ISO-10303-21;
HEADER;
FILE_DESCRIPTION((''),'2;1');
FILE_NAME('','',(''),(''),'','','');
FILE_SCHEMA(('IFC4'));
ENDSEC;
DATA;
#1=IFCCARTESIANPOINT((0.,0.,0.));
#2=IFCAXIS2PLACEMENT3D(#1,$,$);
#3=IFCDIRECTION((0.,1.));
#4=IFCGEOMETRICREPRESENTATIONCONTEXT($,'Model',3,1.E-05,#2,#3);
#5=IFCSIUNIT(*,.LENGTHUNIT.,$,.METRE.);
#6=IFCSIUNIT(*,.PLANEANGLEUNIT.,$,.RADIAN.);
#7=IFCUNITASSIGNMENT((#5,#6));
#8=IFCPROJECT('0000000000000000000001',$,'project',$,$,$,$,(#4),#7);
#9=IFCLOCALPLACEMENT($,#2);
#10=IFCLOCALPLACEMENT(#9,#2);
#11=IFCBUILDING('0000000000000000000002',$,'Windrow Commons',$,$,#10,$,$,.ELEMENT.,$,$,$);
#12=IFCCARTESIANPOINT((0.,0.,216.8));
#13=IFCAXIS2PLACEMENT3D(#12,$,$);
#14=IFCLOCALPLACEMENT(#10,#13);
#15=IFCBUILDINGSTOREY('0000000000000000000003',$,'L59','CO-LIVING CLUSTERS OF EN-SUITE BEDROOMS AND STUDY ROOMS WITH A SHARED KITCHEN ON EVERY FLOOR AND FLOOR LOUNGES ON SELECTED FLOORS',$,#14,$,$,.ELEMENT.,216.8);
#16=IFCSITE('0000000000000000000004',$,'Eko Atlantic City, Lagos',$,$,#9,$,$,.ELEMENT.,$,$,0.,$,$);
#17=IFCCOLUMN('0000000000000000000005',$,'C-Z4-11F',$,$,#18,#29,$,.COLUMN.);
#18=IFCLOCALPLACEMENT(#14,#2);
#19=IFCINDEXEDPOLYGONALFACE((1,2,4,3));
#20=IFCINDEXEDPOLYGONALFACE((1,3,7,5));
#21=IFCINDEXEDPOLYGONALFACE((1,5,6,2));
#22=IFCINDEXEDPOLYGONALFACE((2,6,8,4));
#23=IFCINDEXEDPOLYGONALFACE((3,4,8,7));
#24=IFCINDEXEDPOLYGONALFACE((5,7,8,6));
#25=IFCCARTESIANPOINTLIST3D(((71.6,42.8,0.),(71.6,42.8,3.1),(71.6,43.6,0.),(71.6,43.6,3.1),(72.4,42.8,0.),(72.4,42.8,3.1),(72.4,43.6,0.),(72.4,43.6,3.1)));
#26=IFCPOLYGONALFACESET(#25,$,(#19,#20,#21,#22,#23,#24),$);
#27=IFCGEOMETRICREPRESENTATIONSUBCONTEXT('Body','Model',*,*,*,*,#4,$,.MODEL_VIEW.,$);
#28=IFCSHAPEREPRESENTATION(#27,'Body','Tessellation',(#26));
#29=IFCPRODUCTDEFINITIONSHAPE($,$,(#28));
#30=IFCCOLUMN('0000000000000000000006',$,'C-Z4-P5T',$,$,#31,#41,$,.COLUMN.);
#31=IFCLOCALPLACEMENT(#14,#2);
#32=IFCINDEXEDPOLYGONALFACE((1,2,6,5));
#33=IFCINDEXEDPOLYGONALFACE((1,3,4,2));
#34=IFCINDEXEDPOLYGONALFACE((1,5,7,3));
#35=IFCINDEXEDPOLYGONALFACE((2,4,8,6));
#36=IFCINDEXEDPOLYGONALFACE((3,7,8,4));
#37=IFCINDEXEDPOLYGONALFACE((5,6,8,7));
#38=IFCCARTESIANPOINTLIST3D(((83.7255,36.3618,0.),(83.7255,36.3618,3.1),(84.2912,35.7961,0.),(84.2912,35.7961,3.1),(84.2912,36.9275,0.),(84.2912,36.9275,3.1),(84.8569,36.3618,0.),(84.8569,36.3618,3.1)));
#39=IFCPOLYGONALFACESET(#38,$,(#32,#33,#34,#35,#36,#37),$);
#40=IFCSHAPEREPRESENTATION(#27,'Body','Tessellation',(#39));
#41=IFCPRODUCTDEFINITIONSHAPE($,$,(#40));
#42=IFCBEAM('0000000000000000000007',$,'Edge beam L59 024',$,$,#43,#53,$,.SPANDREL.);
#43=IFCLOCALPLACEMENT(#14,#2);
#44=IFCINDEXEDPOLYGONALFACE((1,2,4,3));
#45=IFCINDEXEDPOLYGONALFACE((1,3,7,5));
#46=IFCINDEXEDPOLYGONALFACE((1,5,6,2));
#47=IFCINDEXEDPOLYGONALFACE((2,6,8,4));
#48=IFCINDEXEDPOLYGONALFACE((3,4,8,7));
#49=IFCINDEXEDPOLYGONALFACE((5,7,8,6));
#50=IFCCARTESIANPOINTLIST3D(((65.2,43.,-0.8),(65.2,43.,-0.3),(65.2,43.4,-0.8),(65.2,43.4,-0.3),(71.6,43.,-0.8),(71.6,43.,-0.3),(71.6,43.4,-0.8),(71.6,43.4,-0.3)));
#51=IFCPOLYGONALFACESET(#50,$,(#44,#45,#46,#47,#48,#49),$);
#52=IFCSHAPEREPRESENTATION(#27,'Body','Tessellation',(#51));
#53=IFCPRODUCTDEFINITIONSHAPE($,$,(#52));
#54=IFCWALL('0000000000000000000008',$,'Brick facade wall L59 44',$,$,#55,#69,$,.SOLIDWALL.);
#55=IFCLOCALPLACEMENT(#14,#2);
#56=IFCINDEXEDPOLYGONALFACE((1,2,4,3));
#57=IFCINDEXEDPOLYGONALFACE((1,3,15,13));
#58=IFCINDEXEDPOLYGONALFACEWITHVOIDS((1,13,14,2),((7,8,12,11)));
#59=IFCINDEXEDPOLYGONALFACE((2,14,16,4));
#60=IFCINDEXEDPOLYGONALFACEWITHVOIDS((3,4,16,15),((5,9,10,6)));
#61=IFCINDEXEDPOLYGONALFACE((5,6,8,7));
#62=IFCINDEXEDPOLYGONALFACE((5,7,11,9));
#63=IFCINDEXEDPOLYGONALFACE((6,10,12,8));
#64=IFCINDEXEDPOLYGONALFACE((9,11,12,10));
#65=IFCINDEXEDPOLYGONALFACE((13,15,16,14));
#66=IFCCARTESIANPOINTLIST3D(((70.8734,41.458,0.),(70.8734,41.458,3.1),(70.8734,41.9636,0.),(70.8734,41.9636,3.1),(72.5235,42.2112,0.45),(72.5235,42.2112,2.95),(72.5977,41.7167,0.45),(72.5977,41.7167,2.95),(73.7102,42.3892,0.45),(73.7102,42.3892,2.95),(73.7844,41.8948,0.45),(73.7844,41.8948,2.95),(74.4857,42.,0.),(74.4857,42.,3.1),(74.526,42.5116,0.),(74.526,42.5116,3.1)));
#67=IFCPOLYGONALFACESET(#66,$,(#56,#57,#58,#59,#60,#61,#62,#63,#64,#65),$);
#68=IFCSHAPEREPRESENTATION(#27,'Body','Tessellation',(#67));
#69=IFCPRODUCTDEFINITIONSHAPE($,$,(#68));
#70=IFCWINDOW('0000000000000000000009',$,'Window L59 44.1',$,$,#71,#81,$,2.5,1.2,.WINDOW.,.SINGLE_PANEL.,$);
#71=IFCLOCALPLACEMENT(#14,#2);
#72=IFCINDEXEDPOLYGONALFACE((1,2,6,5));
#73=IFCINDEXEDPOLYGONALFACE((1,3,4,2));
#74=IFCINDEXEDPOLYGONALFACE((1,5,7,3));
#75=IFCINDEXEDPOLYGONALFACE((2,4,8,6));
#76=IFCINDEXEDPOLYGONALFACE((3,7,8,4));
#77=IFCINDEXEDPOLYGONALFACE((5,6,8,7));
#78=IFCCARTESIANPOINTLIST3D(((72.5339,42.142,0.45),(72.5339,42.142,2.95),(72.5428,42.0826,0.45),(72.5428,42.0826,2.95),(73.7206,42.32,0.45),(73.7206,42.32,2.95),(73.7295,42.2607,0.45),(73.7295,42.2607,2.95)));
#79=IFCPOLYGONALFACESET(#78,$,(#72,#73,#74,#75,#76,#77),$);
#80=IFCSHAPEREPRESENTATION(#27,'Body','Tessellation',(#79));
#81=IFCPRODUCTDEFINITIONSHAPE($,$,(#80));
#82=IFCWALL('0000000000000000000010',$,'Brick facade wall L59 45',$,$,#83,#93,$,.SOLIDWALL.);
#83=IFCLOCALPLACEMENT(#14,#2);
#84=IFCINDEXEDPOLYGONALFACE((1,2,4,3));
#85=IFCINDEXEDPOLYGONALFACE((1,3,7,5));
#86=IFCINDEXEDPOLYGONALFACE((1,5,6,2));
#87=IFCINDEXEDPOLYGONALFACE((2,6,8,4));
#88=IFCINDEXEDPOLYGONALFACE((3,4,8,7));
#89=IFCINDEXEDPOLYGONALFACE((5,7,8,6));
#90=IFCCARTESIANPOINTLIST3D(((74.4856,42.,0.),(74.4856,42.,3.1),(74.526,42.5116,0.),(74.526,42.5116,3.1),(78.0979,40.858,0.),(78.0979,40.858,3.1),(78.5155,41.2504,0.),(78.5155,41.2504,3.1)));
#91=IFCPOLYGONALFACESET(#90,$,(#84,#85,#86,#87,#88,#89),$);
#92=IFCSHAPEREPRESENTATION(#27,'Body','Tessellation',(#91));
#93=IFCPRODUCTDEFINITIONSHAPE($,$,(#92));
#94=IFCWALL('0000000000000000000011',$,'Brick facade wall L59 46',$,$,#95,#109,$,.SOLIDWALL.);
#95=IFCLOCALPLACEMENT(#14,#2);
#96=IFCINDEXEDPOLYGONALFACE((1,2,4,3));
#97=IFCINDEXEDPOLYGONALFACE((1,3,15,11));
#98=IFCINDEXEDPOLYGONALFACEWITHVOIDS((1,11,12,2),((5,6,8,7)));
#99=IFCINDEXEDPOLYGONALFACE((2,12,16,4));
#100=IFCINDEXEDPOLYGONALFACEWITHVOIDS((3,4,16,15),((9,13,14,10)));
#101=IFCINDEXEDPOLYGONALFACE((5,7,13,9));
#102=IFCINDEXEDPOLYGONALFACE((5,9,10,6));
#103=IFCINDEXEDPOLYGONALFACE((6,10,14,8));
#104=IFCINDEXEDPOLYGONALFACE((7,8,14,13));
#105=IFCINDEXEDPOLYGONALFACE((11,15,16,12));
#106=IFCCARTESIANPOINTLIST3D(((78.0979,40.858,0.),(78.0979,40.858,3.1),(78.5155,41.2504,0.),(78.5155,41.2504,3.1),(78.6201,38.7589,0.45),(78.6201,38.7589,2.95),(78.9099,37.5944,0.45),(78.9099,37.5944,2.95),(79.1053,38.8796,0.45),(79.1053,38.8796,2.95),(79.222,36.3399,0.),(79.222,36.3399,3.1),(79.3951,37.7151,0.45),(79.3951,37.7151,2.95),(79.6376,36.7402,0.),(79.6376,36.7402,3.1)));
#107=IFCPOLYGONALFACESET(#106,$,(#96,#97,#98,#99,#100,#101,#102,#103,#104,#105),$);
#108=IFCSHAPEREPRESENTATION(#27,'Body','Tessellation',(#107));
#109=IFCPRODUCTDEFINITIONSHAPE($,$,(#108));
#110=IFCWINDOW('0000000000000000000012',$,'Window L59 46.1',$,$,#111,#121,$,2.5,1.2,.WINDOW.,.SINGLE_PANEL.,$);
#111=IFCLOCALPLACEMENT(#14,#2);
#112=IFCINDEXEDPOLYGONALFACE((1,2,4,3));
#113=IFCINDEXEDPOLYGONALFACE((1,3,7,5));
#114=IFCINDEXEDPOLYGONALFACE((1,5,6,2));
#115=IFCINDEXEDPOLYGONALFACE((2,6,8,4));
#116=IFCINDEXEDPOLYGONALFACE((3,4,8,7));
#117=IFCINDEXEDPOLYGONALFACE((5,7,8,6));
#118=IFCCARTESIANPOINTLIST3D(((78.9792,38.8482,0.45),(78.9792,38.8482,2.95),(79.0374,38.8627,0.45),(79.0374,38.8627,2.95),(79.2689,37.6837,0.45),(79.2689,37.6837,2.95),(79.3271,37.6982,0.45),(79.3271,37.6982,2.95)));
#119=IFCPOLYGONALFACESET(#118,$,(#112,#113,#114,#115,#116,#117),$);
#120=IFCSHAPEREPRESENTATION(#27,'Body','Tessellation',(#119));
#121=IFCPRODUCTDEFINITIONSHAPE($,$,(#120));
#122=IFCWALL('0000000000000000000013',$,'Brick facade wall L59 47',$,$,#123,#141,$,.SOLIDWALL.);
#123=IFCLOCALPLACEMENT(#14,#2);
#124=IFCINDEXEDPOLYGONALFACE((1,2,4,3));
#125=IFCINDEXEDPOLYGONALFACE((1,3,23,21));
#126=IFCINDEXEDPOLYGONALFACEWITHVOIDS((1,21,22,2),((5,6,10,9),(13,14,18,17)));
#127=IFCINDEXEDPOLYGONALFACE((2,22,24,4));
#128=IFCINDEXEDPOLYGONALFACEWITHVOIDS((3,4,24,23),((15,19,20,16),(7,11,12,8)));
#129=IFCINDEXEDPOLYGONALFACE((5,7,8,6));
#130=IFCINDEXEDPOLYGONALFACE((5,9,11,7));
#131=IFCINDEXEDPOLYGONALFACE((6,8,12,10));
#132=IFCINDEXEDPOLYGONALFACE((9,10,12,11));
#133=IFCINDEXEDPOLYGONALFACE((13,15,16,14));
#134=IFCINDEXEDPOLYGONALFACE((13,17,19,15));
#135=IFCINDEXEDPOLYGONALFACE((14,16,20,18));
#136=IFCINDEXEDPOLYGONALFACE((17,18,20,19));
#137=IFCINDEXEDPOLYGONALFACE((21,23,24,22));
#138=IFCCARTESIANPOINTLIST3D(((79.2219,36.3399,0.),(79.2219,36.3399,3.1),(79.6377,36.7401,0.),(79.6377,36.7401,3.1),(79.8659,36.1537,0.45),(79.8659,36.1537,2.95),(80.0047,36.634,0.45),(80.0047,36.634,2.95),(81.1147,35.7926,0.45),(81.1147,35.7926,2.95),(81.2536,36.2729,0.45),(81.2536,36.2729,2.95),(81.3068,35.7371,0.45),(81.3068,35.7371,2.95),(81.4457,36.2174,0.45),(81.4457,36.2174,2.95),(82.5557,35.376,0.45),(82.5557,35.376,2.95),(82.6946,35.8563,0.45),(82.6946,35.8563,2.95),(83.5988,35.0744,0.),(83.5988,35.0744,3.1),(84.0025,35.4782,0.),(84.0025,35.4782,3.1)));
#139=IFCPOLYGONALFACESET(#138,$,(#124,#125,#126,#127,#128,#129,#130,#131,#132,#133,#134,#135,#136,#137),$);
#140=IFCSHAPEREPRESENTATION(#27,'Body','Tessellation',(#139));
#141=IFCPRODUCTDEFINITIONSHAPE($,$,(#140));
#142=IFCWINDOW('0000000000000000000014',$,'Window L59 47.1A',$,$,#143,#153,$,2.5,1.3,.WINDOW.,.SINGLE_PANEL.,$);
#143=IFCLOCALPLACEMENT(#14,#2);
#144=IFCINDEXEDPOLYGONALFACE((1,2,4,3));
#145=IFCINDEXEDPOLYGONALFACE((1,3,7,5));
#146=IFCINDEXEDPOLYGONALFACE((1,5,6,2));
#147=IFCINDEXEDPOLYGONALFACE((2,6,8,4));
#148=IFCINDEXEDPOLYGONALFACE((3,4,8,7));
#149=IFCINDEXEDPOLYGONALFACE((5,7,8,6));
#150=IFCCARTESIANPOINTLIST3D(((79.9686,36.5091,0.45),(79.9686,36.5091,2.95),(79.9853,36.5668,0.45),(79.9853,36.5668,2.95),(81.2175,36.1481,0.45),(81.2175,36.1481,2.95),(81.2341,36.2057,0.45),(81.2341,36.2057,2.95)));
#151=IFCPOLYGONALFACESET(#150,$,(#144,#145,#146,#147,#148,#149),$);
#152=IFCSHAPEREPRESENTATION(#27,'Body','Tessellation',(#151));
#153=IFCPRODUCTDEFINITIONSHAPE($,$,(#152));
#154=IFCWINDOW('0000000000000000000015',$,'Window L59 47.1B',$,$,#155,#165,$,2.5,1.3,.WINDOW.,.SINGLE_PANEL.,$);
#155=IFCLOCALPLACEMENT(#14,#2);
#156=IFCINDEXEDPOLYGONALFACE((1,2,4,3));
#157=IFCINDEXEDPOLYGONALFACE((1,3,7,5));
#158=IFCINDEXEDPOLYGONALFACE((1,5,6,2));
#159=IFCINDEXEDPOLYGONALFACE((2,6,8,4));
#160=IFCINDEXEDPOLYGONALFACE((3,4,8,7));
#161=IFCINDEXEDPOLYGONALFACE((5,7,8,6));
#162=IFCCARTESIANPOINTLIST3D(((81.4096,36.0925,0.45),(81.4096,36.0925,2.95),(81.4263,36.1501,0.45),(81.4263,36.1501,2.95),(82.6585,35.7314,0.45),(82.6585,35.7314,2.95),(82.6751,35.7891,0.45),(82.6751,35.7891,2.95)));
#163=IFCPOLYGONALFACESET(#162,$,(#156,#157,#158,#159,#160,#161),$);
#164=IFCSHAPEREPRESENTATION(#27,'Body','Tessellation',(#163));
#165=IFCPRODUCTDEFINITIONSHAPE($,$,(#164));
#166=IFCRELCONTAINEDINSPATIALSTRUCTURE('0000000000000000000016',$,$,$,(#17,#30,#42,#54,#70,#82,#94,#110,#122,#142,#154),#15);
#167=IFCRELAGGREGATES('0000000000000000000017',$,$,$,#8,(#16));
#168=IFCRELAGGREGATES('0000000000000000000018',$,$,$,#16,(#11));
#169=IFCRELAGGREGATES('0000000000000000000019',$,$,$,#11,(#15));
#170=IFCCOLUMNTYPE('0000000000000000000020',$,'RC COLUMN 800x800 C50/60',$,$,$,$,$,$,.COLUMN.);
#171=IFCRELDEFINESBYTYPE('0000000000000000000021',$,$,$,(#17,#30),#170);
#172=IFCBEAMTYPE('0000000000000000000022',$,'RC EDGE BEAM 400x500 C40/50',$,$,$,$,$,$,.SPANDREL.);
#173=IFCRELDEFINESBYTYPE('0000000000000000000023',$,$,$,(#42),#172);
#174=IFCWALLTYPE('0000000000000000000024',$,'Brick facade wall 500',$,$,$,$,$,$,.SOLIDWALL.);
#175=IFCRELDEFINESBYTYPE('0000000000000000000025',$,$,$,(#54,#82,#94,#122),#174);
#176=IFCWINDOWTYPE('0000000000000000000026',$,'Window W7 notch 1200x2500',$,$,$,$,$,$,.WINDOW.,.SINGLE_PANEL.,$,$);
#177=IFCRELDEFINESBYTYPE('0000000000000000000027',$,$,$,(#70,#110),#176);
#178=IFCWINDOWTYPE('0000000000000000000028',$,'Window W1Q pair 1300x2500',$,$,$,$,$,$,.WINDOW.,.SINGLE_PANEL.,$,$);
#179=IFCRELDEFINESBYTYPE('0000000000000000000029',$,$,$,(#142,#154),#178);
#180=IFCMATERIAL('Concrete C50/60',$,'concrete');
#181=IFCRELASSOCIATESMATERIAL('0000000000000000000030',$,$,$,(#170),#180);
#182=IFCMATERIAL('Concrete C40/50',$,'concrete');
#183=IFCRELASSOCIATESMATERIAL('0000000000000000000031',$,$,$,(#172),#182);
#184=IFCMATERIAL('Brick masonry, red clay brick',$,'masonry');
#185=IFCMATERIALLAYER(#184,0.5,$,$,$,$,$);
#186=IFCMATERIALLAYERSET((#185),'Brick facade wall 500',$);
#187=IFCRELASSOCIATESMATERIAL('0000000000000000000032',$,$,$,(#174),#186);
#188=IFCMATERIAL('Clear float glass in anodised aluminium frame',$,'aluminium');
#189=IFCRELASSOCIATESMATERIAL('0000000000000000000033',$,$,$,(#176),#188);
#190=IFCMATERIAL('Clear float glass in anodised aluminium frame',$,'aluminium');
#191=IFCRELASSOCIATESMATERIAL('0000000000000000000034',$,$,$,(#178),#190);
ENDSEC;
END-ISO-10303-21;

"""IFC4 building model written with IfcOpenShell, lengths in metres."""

from ifc_helpers import new_model, si_unit, direction, frame, frame_2d, origin, origin_2d, place, context, subcontext, project, spatial, polyline, rectangle, outline, extrude, material, layer, layer_set, material_profile, profile_set, type_object, element, fill, save


model = new_model("IFC4")

# Units and contexts
model_context = context("Model", 3, precision=1e-05, world=origin(), true_north=direction((0.0, 1.0)))
body_context = subcontext(model_context, "Body", "Model", "MODEL_VIEW")
ifc_project = project(units=[si_unit("LENGTHUNIT", "METRE"), si_unit("PLANEANGLEUNIT", "RADIAN")], contexts=[model_context])

# Site, building, storey
site_placement = place(None, origin())
site = spatial("IfcSite", under=ifc_project, at=site_placement, Name="Eko Atlantic City, Lagos", CompositionType="ELEMENT", RefElevation=0.0)
building_placement = place(site_placement, origin())
building = spatial("IfcBuilding", under=site, at=building_placement, Name="Windrow Commons", CompositionType="ELEMENT")
storey_placement = place(building_placement, frame((0.0, 0.0, 216.8)))
storey = spatial("IfcBuildingStorey", under=building, at=storey_placement, Name="L59", Description="CO-LIVING CLUSTERS OF EN-SUITE BEDROOMS AND STUDY ROOMS WITH A SHARED KITCHEN ON EVERY FLOOR AND FLOOR LOUNGES ON SELECTED FLOORS", CompositionType="ELEMENT", Elevation=216.8)

# Columns
ifc_material_1 = material(Name="Concrete C50/60", Category="concrete")
ifc_material_profile_1 = material_profile(ifc_material_1, rectangle(XDim=0.8, YDim=0.8, at=origin_2d()))
ifc_profile_set_1 = profile_set([ifc_material_profile_1], Name="Concrete C50/60")
column_type = type_object("IfcColumnType", Name="RC COLUMN 800x800 C50/60", PredefinedType="COLUMN", material=ifc_profile_set_1)
for number, where, z_axis, x_axis, name in (
    (1, (72.0, 43.2, 0.0), (0.0, 0.0, 1.0), (1.0, 0.0, 0.0), "C-Z4-11F"),
    (2, (84.2912, 36.3618, 0.0), (0.0, 0.0, 1.0), (0.707107, -0.707107, 0.0), "C-Z4-P5T"),
):
    element("IfcColumn", number, at=place(storey_placement, frame(where, z_axis=z_axis, x_axis=x_axis)), inside=storey, type_object=column_type, Name=name, PredefinedType="COLUMN", context=body_context, shape_type="SweptSolid", body=[
        extrude(rectangle(XDim=0.8, YDim=0.8, at=origin_2d()), origin(), (0.0, 0.0, 1.0), 3.1),
    ])

# Beam
ifc_material_2 = material(Name="Concrete C40/50", Category="concrete")
ifc_material_profile_2 = material_profile(ifc_material_2, rectangle(XDim=0.4, YDim=0.5, at=origin_2d()))
ifc_profile_set_2 = profile_set([ifc_material_profile_2], Name="Concrete C40/50")
beam_type = type_object("IfcBeamType", Name="RC EDGE BEAM 400x500 C40/50", PredefinedType="SPANDREL", material=ifc_profile_set_2)
beam_placement = place(storey_placement, frame((71.6, 43.2, -0.55), z_axis=(-1.0, 0.0, 0.0), x_axis=(0.0, -1.0, 0.0)))
element("IfcBeam", 3, at=beam_placement, inside=storey, type_object=beam_type, Name="Edge beam L59 024", PredefinedType="SPANDREL", context=body_context, shape_type="SweptSolid", body=[
    extrude(rectangle(XDim=0.4, YDim=0.5, at=origin_2d()), origin(), (0.0, 0.0, 1.0), 6.4),
])

# Wall, opening, window
ifc_material_3 = material(Name="Brick masonry, red clay brick", Category="masonry")
ifc_layer_1 = layer(ifc_material_3, 0.5)
ifc_layer_set_1 = layer_set([ifc_layer_1], Name="Brick facade wall 500")
wall_type_1 = type_object("IfcWallType", Name="Brick facade wall 500", PredefinedType="SOLIDWALL", material=ifc_layer_set_1)
wall_1_placement = place(storey_placement, frame((70.8734, 41.7108, 0.0), z_axis=(0.0, 0.0, 1.0), x_axis=(0.988931, 0.148378, 0.0)))
wall_1 = element("IfcWall", 4, at=wall_1_placement, inside=storey, type_object=wall_type_1, Name="Brick facade wall L59 44", PredefinedType="SOLIDWALL", context=body_context, shape_type="SweptSolid", body=[
    extrude(outline(polyline([(-0.0375, -0.25), (3.6152, -0.25), (3.731, 0.25), (0.0375, 0.25), (-0.0375, -0.25)])), origin(), (0.0, 0.0, 1.0), 3.1),
])
opening_1_placement = place(wall_1_placement, frame((1.7061, 0.0, 0.45)))
opening_1 = element("IfcOpeningElement", 5, at=opening_1_placement, cuts=wall_1, PredefinedType="OPENING", context=body_context, shape_type="SweptSolid", body=[
    extrude(rectangle(XDim=1.2, YDim=2.5, at=frame_2d((0.6, 1.25))), frame((0.0, 0.26, 0.0), z_axis=(0.0, -1.0, 0.0), x_axis=(1.0, 0.0, 0.0)), (0.0, 0.0, 1.0), 0.52),
])
ifc_material_4 = material(Name="Clear float glass in anodised aluminium frame", Category="aluminium")
window_type_1 = type_object("IfcWindowType", Name="Window W7 notch 1200x2500", PartitioningType="SINGLE_PANEL", PredefinedType="WINDOW", material=ifc_material_4)
window_1_placement = place(opening_1_placement, origin())
window_1 = element("IfcWindow", 6, at=window_1_placement, inside=storey, type_object=window_type_1, Name="Window L59 44.1", OverallHeight=2.5, OverallWidth=1.2, PartitioningType="SINGLE_PANEL", PredefinedType="WINDOW", context=body_context, shape_type="SweptSolid", body=[
    extrude(rectangle(XDim=1.2, YDim=2.5, at=frame_2d((0.6, 1.25))), frame((0.0, 0.18, 0.0), z_axis=(0.0, -1.0, 0.0), x_axis=(1.0, 0.0, 0.0)), (0.0, 0.0, 1.0), 0.06),
])
fill(opening_1, window_1)

# Wall
wall_2_placement = place(storey_placement, frame((74.5058, 42.2558, 0.0), z_axis=(0.0, 0.0, 1.0), x_axis=(0.953488, -0.301431, 0.0)))
element("IfcWall", 7, at=wall_2_placement, inside=storey, type_object=wall_type_1, Name="Brick facade wall L59 45", PredefinedType="SOLIDWALL", context=body_context, shape_type="SweptSolid", body=[
    extrude(outline(polyline([(0.0579, -0.25), (3.8464, -0.25), (4.1263, 0.25), (-0.0579, 0.25), (0.0579, -0.25)])), origin(), (0.0, 0.0, 1.0), 3.1),
])

# Wall, opening, window
wall_3_placement = place(storey_placement, frame((78.3067, 41.0542, 0.0), z_axis=(0.0, 0.0, 1.0), x_axis=(0.241433, -0.970418, 0.0)))
wall_3 = element("IfcWall", 8, at=wall_3_placement, inside=storey, type_object=wall_type_1, Name="Brick facade wall L59 46", PredefinedType="SOLIDWALL", context=body_context, shape_type="SweptSolid", body=[
    extrude(outline(polyline([(0.14, -0.25), (4.7958, -0.25), (4.5077, 0.25), (-0.14, 0.25), (0.14, -0.25)])), origin(), (0.0, 0.0, 1.0), 3.1),
])
opening_2_placement = place(wall_3_placement, frame((2.3031, 0.0, 0.45)))
opening_2 = element("IfcOpeningElement", 9, at=opening_2_placement, cuts=wall_3, PredefinedType="OPENING", context=body_context, shape_type="SweptSolid", body=[
    extrude(rectangle(XDim=1.2, YDim=2.5, at=frame_2d((0.6, 1.25))), frame((0.0, 0.26, 0.0), z_axis=(0.0, -1.0, 0.0), x_axis=(1.0, 0.0, 0.0)), (0.0, 0.0, 1.0), 0.52),
])
window_2_placement = place(opening_2_placement, origin())
window_2 = element("IfcWindow", 10, at=window_2_placement, inside=storey, type_object=window_type_1, Name="Window L59 46.1", OverallHeight=2.5, OverallWidth=1.2, PartitioningType="SINGLE_PANEL", PredefinedType="WINDOW", context=body_context, shape_type="SweptSolid", body=[
    extrude(rectangle(XDim=1.2, YDim=2.5, at=frame_2d((0.6, 1.25))), frame((0.0, 0.18, 0.0), z_axis=(0.0, -1.0, 0.0), x_axis=(1.0, 0.0, 0.0)), (0.0, 0.0, 1.0), 0.06),
])
fill(opening_2, window_2)

# Wall, openings, windows
wall_4_placement = place(storey_placement, frame((79.4298, 36.54, 0.0), z_axis=(0.0, 0.0, 1.0), x_axis=(0.960654, -0.277747, 0.0)))
wall_4 = element("IfcWall", 11, at=wall_4_placement, inside=storey, type_object=wall_type_1, Name="Brick facade wall L59 47", PredefinedType="SOLIDWALL", context=body_context, shape_type="SweptSolid", body=[
    extrude(outline(polyline([(-0.1441, -0.25), (4.412, -0.25), (4.6877, 0.25), (0.1441, 0.25), (-0.1441, -0.25)])), origin(), (0.0, 0.0, 1.0), 3.1),
])
opening_3_placement = place(wall_4_placement, frame((0.5262, 0.0, 0.45)))
opening_3 = element("IfcOpeningElement", 12, at=opening_3_placement, cuts=wall_4, PredefinedType="OPENING", context=body_context, shape_type="SweptSolid", body=[
    extrude(rectangle(XDim=1.3, YDim=2.5, at=frame_2d((0.65, 1.25))), frame((0.0, 0.26, 0.0), z_axis=(0.0, -1.0, 0.0), x_axis=(1.0, 0.0, 0.0)), (0.0, 0.0, 1.0), 0.52),
])
opening_4_placement = place(wall_4_placement, frame((2.0262, 0.0, 0.45)))
opening_4 = element("IfcOpeningElement", 13, at=opening_4_placement, cuts=wall_4, PredefinedType="OPENING", context=body_context, shape_type="SweptSolid", body=[
    extrude(rectangle(XDim=1.3, YDim=2.5, at=frame_2d((0.65, 1.25))), frame((0.0, 0.26, 0.0), z_axis=(0.0, -1.0, 0.0), x_axis=(1.0, 0.0, 0.0)), (0.0, 0.0, 1.0), 0.52),
])
ifc_material_5 = material(Name="Clear float glass in anodised aluminium frame", Category="aluminium")
window_type_2 = type_object("IfcWindowType", Name="Window W1Q pair 1300x2500", PartitioningType="SINGLE_PANEL", PredefinedType="WINDOW", material=ifc_material_5)
window_3_placement = place(opening_3_placement, origin())
window_3 = element("IfcWindow", 14, at=window_3_placement, inside=storey, type_object=window_type_2, Name="Window L59 47.1A", OverallHeight=2.5, OverallWidth=1.3, PartitioningType="SINGLE_PANEL", PredefinedType="WINDOW", context=body_context, shape_type="SweptSolid", body=[
    extrude(rectangle(XDim=1.3, YDim=2.5, at=frame_2d((0.65, 1.25))), frame((0.0, 0.18, 0.0), z_axis=(0.0, -1.0, 0.0), x_axis=(1.0, 0.0, 0.0)), (0.0, 0.0, 1.0), 0.06),
])
fill(opening_3, window_3)
window_4_placement = place(opening_4_placement, origin())
window_4 = element("IfcWindow", 15, at=window_4_placement, inside=storey, type_object=window_type_2, Name="Window L59 47.1B", OverallHeight=2.5, OverallWidth=1.3, PartitioningType="SINGLE_PANEL", PredefinedType="WINDOW", context=body_context, shape_type="SweptSolid", body=[
    extrude(rectangle(XDim=1.3, YDim=2.5, at=frame_2d((0.65, 1.25))), frame((0.0, 0.18, 0.0), z_axis=(0.0, -1.0, 0.0), x_axis=(1.0, 0.0, 0.0)), (0.0, 0.0, 1.0), 0.06),
])
fill(opening_4, window_4)

save(model, "model.ifc")
